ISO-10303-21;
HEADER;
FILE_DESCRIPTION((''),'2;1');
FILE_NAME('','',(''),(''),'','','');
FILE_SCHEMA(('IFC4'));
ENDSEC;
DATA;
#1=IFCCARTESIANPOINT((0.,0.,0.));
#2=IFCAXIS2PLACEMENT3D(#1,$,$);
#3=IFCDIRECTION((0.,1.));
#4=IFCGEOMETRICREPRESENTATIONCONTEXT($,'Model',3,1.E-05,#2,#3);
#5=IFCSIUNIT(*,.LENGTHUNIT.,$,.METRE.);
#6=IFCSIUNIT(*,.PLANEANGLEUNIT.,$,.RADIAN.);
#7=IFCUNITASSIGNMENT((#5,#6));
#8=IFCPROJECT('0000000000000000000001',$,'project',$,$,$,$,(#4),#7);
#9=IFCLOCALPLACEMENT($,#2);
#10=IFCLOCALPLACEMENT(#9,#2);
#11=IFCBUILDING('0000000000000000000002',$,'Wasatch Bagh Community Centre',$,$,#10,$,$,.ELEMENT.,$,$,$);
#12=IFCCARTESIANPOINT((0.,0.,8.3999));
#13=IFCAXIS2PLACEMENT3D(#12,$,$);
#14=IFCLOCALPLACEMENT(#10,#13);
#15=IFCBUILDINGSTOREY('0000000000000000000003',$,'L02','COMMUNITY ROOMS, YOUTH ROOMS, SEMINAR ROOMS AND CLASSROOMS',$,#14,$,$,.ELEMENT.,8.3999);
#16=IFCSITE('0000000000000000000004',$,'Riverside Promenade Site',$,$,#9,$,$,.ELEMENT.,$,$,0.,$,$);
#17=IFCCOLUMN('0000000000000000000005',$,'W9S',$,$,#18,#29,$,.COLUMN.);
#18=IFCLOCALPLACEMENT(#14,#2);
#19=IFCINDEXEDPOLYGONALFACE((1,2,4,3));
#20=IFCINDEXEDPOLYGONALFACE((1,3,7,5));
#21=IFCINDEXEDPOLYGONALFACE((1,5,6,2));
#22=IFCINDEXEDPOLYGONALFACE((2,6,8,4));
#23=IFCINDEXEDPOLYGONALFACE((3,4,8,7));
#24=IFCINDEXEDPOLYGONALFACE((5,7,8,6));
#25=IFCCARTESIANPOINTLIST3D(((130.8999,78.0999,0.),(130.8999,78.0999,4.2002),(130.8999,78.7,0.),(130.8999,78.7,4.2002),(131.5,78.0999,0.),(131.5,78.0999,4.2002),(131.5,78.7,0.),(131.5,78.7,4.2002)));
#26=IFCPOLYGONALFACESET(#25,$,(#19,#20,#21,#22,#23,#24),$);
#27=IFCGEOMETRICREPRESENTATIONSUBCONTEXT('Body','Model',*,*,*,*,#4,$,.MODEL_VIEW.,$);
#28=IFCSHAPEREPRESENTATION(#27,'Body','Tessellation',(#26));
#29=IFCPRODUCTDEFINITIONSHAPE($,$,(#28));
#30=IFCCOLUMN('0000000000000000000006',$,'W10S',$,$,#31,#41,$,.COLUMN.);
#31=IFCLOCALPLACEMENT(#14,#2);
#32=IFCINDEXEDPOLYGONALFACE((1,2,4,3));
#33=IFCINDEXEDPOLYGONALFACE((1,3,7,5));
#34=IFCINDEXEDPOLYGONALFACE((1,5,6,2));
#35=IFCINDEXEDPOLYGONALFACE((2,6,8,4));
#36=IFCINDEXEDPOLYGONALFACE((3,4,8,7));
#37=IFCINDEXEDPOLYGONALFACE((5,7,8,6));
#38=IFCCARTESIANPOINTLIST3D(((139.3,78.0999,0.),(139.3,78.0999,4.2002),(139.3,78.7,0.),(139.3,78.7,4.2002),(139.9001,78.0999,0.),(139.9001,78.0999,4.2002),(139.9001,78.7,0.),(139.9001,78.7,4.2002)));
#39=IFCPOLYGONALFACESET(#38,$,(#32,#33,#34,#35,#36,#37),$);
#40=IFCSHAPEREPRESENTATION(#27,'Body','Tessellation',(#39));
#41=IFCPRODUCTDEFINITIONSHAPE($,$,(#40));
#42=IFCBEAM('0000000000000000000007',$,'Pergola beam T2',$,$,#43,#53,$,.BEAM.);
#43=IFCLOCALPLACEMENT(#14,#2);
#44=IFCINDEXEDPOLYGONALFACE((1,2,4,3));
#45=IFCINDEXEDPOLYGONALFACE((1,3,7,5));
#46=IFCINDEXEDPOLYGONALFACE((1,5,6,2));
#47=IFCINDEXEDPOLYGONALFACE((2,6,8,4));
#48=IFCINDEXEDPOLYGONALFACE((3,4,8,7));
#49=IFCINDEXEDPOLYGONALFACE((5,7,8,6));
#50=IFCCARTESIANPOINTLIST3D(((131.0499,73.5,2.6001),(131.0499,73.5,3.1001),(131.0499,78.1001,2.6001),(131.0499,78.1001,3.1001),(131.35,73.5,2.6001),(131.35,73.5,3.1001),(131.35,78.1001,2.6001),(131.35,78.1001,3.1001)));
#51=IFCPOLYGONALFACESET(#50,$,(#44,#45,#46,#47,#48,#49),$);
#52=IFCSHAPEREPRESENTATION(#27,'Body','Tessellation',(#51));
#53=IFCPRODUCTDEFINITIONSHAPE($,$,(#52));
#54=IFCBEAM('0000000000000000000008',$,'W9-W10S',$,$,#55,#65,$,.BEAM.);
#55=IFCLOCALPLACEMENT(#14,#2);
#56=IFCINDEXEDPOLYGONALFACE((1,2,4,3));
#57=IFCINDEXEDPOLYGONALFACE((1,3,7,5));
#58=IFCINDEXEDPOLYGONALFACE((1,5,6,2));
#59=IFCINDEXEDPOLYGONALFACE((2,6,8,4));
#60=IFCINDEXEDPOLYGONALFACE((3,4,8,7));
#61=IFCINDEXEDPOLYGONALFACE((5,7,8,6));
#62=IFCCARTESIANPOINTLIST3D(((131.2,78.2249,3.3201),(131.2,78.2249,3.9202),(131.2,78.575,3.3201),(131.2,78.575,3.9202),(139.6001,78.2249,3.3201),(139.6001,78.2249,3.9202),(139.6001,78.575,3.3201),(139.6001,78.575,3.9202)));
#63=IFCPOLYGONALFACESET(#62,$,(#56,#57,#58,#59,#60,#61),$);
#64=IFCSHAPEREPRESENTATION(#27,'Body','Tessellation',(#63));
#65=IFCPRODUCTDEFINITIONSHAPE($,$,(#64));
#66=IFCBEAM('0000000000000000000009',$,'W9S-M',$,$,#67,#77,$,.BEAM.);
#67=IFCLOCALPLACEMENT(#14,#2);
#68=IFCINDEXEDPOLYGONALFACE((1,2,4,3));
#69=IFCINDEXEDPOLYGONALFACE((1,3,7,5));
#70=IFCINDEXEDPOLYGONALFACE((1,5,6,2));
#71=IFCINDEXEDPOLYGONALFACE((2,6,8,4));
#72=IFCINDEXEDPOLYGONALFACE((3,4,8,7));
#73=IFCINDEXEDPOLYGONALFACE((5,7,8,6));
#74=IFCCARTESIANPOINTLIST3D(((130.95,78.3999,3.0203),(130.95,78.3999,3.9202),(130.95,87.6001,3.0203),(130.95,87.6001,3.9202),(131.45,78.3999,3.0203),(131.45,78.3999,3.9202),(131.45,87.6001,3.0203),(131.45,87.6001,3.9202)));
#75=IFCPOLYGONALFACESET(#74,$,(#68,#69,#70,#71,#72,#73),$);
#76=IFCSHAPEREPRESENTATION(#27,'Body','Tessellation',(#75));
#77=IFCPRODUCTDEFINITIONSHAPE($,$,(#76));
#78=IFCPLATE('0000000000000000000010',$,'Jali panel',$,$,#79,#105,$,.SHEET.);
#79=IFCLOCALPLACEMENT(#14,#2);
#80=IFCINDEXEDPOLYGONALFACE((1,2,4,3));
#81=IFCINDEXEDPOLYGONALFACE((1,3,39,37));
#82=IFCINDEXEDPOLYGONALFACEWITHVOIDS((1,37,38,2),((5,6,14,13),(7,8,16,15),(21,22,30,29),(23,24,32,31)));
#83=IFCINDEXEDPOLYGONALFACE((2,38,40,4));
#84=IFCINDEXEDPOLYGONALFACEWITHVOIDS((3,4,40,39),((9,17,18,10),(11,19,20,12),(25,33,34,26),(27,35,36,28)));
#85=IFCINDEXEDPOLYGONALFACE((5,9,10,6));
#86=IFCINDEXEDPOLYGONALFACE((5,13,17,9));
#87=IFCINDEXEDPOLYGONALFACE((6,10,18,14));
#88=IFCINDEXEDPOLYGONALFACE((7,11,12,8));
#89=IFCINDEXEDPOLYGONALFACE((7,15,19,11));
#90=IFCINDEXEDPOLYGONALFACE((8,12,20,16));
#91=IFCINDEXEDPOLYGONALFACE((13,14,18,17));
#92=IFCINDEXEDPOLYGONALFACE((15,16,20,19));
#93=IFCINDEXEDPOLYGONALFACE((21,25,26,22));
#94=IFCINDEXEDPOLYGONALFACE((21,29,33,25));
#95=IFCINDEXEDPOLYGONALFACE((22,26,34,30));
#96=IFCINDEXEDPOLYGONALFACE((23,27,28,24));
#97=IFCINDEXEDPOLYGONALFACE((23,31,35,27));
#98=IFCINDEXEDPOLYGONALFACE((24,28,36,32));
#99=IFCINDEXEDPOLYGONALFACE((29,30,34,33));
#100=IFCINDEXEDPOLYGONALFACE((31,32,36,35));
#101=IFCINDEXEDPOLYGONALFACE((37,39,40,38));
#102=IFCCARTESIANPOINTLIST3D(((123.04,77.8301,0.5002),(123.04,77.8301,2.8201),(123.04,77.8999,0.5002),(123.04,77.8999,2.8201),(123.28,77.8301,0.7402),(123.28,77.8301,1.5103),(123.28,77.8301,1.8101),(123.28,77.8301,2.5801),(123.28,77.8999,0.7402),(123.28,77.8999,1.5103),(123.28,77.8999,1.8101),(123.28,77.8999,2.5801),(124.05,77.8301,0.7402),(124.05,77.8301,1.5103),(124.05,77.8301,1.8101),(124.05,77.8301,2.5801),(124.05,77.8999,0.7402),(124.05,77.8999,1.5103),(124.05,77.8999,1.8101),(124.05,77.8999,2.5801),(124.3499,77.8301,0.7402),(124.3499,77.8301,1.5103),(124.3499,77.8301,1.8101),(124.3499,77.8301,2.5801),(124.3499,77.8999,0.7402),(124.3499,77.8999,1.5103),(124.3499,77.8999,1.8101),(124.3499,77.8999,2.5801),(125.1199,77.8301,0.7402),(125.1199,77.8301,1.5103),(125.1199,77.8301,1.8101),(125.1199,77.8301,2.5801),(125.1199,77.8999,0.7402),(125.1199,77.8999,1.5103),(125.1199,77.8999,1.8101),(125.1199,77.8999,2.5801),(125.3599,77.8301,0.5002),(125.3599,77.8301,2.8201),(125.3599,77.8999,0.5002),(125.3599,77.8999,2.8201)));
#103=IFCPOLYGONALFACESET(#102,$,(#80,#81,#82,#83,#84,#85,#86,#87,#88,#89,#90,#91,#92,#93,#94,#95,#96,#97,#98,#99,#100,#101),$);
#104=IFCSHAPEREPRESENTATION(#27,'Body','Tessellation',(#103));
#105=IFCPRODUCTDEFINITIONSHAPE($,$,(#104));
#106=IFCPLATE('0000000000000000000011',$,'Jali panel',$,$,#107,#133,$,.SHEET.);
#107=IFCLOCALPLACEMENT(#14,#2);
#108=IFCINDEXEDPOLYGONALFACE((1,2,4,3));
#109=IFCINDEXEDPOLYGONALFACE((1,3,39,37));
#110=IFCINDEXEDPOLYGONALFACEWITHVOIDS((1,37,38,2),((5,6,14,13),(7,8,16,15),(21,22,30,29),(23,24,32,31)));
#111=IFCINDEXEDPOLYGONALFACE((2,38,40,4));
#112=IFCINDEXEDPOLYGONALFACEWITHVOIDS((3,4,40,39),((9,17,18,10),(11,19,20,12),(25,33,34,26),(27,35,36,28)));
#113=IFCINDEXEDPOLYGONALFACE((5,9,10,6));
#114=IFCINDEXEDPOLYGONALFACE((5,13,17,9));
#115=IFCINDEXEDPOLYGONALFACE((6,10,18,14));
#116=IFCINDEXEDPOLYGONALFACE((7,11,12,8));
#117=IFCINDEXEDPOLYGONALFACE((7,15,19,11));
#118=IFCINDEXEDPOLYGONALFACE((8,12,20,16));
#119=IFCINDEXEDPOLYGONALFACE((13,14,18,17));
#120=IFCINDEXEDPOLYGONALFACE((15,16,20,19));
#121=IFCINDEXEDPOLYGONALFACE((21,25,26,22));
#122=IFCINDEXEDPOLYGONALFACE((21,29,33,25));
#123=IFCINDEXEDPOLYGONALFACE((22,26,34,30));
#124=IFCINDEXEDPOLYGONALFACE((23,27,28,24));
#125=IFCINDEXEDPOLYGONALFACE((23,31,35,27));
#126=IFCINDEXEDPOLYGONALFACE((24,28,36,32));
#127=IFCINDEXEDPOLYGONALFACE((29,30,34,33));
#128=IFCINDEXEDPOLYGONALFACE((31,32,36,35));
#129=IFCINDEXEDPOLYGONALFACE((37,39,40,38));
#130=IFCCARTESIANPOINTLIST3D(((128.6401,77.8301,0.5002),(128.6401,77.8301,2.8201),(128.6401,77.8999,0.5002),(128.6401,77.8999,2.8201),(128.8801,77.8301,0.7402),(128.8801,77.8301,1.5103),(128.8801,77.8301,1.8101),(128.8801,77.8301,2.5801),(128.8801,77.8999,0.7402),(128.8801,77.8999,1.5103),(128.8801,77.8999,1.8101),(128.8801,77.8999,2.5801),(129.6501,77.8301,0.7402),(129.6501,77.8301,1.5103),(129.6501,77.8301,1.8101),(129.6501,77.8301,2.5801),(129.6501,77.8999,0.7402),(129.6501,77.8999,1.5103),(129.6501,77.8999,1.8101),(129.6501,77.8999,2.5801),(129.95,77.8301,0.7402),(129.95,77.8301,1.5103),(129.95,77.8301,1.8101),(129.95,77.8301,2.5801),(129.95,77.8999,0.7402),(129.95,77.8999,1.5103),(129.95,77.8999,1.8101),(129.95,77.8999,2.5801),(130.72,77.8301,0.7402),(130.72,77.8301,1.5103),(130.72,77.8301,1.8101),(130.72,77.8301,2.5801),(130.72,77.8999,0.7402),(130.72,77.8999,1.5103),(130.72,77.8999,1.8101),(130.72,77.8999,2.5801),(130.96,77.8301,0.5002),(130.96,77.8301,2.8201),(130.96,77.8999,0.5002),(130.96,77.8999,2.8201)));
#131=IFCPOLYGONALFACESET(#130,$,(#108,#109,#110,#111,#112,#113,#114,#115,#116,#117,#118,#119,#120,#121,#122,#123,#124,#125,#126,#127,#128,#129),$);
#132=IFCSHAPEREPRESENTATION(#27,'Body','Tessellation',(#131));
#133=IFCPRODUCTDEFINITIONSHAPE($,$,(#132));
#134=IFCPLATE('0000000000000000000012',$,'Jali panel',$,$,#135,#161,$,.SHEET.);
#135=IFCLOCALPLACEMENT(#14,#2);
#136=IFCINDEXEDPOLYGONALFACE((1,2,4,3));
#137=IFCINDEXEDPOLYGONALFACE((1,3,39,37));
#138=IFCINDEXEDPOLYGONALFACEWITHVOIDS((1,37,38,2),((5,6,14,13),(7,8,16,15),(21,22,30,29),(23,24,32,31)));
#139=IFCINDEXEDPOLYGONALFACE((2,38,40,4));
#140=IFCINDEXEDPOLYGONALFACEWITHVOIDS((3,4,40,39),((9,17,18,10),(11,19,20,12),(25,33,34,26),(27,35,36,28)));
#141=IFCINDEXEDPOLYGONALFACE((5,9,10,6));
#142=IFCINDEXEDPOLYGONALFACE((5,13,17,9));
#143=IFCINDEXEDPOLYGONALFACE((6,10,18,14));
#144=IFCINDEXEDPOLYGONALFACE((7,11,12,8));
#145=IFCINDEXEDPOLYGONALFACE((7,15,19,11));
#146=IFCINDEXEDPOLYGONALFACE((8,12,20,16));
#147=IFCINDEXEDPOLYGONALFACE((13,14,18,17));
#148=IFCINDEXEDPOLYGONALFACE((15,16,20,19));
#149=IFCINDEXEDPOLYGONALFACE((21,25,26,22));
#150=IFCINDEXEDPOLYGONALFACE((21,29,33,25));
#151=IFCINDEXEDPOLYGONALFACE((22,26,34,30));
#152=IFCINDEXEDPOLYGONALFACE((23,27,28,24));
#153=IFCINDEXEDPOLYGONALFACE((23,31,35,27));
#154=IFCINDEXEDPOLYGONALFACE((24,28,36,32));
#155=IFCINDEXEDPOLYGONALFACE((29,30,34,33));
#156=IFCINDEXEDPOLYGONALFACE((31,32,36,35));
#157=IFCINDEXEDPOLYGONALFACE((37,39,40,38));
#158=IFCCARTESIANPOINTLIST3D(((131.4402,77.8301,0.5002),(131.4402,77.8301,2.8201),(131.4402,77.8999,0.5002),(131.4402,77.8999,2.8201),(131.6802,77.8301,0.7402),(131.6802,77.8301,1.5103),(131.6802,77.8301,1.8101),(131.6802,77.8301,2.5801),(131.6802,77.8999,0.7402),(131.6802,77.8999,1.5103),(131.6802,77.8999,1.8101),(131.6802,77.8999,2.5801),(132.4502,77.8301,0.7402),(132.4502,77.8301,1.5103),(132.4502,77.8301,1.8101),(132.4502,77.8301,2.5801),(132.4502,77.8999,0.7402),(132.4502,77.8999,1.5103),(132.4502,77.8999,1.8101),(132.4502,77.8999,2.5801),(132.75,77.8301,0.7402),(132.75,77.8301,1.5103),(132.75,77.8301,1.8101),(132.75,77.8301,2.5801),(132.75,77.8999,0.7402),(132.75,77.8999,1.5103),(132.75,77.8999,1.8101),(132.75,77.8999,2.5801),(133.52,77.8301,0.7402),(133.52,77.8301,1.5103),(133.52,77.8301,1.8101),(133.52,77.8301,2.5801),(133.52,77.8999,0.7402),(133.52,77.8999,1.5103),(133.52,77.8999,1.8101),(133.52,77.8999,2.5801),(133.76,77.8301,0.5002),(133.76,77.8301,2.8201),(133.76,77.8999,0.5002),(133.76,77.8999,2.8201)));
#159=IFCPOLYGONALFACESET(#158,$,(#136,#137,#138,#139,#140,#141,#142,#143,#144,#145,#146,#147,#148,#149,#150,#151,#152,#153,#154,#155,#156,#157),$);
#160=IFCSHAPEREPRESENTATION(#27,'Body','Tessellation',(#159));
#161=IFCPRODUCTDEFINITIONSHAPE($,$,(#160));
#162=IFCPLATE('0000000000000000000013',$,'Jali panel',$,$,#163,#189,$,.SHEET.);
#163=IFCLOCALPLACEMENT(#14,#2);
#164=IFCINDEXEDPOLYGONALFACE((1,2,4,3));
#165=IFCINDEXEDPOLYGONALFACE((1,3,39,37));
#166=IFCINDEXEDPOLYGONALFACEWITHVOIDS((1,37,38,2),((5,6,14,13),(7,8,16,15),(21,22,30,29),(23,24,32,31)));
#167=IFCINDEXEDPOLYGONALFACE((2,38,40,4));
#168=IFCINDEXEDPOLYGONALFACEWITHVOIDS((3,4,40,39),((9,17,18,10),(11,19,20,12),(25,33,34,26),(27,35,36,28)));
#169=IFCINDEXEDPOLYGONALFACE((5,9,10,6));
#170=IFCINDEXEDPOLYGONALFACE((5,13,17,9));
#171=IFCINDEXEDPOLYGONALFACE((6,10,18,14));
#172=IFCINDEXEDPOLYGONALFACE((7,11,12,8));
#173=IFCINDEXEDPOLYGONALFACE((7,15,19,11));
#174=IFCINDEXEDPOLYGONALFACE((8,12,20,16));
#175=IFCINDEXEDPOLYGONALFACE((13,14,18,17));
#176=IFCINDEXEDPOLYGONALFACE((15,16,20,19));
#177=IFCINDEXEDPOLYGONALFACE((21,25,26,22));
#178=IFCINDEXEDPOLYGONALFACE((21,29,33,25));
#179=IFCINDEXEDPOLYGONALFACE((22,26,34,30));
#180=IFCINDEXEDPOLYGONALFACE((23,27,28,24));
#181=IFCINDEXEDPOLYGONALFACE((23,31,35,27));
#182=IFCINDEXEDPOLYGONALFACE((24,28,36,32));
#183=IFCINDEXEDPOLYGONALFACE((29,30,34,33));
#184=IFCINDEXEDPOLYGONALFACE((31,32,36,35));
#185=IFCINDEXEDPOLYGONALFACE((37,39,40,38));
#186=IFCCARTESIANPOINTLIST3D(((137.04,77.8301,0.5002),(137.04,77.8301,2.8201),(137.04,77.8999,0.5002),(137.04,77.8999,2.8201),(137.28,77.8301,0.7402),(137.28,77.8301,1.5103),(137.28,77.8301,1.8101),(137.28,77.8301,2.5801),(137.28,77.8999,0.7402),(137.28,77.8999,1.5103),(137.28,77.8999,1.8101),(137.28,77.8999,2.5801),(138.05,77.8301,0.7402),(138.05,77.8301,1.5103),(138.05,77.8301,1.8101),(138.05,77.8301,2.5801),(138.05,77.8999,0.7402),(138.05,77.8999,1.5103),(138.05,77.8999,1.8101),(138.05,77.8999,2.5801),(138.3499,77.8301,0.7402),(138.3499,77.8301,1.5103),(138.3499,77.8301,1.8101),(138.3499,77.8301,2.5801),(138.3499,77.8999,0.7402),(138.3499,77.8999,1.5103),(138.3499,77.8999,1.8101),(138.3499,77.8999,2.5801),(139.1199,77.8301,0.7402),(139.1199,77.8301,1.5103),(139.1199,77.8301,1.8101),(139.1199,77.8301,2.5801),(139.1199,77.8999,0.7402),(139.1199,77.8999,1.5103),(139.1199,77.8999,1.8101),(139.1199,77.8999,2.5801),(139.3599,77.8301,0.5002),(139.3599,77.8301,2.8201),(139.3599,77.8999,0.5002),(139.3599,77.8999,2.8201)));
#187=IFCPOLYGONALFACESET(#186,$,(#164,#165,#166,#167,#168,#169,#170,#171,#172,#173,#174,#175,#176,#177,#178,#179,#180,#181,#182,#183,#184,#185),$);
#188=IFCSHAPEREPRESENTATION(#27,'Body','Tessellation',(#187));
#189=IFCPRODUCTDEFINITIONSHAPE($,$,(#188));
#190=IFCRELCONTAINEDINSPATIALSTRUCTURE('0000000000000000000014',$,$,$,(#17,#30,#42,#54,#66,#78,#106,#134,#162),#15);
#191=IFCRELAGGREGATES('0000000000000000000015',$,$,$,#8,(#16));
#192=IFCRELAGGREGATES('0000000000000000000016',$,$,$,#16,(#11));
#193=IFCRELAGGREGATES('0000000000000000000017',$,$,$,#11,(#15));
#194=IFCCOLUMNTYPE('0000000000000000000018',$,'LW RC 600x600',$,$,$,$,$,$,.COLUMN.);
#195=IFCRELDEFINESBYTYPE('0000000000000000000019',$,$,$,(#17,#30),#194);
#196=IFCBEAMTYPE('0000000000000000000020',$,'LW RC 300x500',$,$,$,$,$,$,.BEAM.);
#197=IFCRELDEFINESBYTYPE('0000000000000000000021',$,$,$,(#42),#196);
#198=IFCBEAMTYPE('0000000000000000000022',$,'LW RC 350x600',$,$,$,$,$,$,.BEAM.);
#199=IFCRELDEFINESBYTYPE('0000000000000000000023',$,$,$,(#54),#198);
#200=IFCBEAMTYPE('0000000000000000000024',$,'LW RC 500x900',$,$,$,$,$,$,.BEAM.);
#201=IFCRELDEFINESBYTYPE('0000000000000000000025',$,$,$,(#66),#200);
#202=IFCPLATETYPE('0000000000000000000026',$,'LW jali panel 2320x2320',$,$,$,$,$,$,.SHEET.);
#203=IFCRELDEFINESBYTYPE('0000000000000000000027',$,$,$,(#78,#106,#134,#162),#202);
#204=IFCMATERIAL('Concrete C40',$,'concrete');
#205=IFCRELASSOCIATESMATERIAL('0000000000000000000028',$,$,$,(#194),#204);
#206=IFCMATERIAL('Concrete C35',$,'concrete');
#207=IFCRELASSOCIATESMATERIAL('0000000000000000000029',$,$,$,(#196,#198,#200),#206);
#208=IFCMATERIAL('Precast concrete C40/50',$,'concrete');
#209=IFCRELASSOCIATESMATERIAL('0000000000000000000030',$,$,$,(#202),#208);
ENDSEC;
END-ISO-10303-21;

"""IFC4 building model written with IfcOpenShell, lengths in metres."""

from ifc_helpers import new_model, si_unit, direction, frame, origin, origin_2d, place, context, subcontext, project, spatial, polyline, rectangle, outline, extrude, material, material_profile, profile_set, type_object, element, save


model = new_model("IFC4")

# Units and contexts
model_context = context("Model", 3, precision=1e-05, world=origin(), true_north=direction((0.0, 1.0)))
body_context = subcontext(model_context, "Body", "Model", "MODEL_VIEW")
ifc_project = project(units=[si_unit("LENGTHUNIT", "METRE"), si_unit("PLANEANGLEUNIT", "RADIAN")], contexts=[model_context])

# Site, building, storey
site_placement = place(None, origin())
site = spatial("IfcSite", under=ifc_project, at=site_placement, Name="Riverside Promenade Site", CompositionType="ELEMENT", RefElevation=0.0)
building_placement = place(site_placement, origin())
building = spatial("IfcBuilding", under=site, at=building_placement, Name="Wasatch Bagh Community Centre", CompositionType="ELEMENT")
storey_placement = place(building_placement, frame((0.0, 0.0, 8.3999)))
storey = spatial("IfcBuildingStorey", under=building, at=storey_placement, Name="L02", Description="COMMUNITY ROOMS, YOUTH ROOMS, SEMINAR ROOMS AND CLASSROOMS", CompositionType="ELEMENT", Elevation=8.3999)

# Columns
ifc_material_1 = material(Name="Concrete C40", Category="concrete")
ifc_material_profile_1 = material_profile(ifc_material_1, rectangle(XDim=0.6001, YDim=0.6001, at=origin_2d()), Name="RC 600x600")
ifc_profile_set_1 = profile_set([ifc_material_profile_1], Name="Concrete C40")
column_type = type_object("IfcColumnType", Name="LW RC 600x600", PredefinedType="COLUMN", material=ifc_profile_set_1)
for number, where, z_axis, x_axis, name in (
    (1, (131.2, 78.3999, 0.0), (0.0, 0.0, 1.0), (1.0, 0.0, 0.0), "W9S"),
    (2, (139.6001, 78.3999, 0.0), (0.0, 0.0, 1.0), (1.0, 0.0, 0.0), "W10S"),
):
    element("IfcColumn", number, at=place(storey_placement, frame(where, z_axis=z_axis, x_axis=x_axis)), inside=storey, type_object=column_type, Name=name, PredefinedType="COLUMN", context=body_context, shape_type="SweptSolid", body=[
        extrude(rectangle(XDim=0.6001, YDim=0.6001, at=origin_2d()), origin(), (0.0, 0.0, 1.0), 4.2002),
    ])

# Beams
ifc_material_2 = material(Name="Concrete C35", Category="concrete")
ifc_material_profile_2 = material_profile(ifc_material_2, rectangle(XDim=0.3, YDim=0.5, at=origin_2d()), Name="RC 300x500")
ifc_profile_set_2 = profile_set([ifc_material_profile_2], Name="Concrete C35")
beam_type_1 = type_object("IfcBeamType", Name="LW RC 300x500", PredefinedType="BEAM", material=ifc_profile_set_2)
beam_1_placement = place(storey_placement, frame((131.2, 78.1001, 2.8501), z_axis=(0.0, -1.0, 0.0), x_axis=(1.0, 0.0, 0.0)))
element("IfcBeam", 3, at=beam_1_placement, inside=storey, type_object=beam_type_1, Name="Pergola beam T2", PredefinedType="BEAM", context=body_context, shape_type="SweptSolid", body=[
    extrude(rectangle(XDim=0.3, YDim=0.5, at=origin_2d()), origin(), (0.0, 0.0, 1.0), 4.6001),
])
ifc_material_profile_3 = material_profile(ifc_material_2, rectangle(XDim=0.3501, YDim=0.6001, at=origin_2d()), Name="RC 350x600")
ifc_profile_set_3 = profile_set([ifc_material_profile_3], Name="Concrete C35")
beam_type_2 = type_object("IfcBeamType", Name="LW RC 350x600", PredefinedType="BEAM", material=ifc_profile_set_3)
beam_2_placement = place(storey_placement, frame((131.2, 78.3999, 3.6201), z_axis=(1.0, 0.0, 0.0), x_axis=(0.0, 1.0, 0.0)))
element("IfcBeam", 4, at=beam_2_placement, inside=storey, type_object=beam_type_2, Name="W9-W10S", PredefinedType="BEAM", context=body_context, shape_type="SweptSolid", body=[
    extrude(rectangle(XDim=0.3501, YDim=0.6001, at=origin_2d()), origin(), (0.0, 0.0, 1.0), 8.4001),
])
ifc_material_profile_4 = material_profile(ifc_material_2, rectangle(XDim=0.5, YDim=0.8999, at=origin_2d()), Name="RC 500x900")
ifc_profile_set_4 = profile_set([ifc_material_profile_4], Name="Concrete C35")
beam_type_3 = type_object("IfcBeamType", Name="LW RC 500x900", PredefinedType="BEAM", material=ifc_profile_set_4)
beam_3_placement = place(storey_placement, frame((131.2, 78.3999, 3.4702), z_axis=(0.0, 1.0, 0.0), x_axis=(-1.0, 0.0, 0.0)))
element("IfcBeam", 5, at=beam_3_placement, inside=storey, type_object=beam_type_3, Name="W9S-M", PredefinedType="BEAM", context=body_context, shape_type="SweptSolid", body=[
    extrude(rectangle(XDim=0.5, YDim=0.8999, at=origin_2d()), origin(), (0.0, 0.0, 1.0), 9.2002),
])

# Plates
ifc_material_3 = material(Name="Precast concrete C40/50", Category="concrete")
ifc_material_profile_5 = material_profile(ifc_material_3, outline(polyline([(-1.1599, -1.1599), (1.1599, -1.1599), (1.1599, 1.1599), (-1.1599, 1.1599), (-1.1599, -1.1599)]), holes=[polyline([(-0.9199, -0.9199), (-0.1499, -0.9199), (-0.1499, -0.1499), (-0.9199, -0.1499), (-0.9199, -0.9199)]), polyline([(-0.9199, 0.1499), (-0.1499, 0.1499), (-0.1499, 0.9199), (-0.9199, 0.9199), (-0.9199, 0.1499)]), polyline([(0.1499, -0.9199), (0.9199, -0.9199), (0.9199, -0.1499), (0.1499, -0.1499), (0.1499, -0.9199)]), polyline([(0.1499, 0.1499), (0.9199, 0.1499), (0.9199, 0.9199), (0.1499, 0.9199), (0.1499, 0.1499)])]), Name="Jali lattice")
ifc_profile_set_5 = profile_set([ifc_material_profile_5], Name="Precast concrete C40/50")
plate_type = type_object("IfcPlateType", Name="LW jali panel 2320x2320", PredefinedType="SHEET", material=ifc_profile_set_5)
for number, where, z_axis, x_axis, name in (
    (6, (124.2, 77.8999, 1.6602), (0.0, -1.0, 0.0), (1.0, 0.0, 0.0), "Jali panel"),
    (7, (129.8, 77.8999, 1.6602), (0.0, -1.0, 0.0), (1.0, 0.0, 0.0), "Jali panel"),
    (8, (132.6001, 77.8999, 1.6602), (0.0, -1.0, 0.0), (1.0, 0.0, 0.0), "Jali panel"),
    (9, (138.2, 77.8999, 1.6602), (0.0, -1.0, 0.0), (1.0, 0.0, 0.0), "Jali panel"),
):
    element("IfcPlate", number, at=place(storey_placement, frame(where, z_axis=z_axis, x_axis=x_axis)), inside=storey, type_object=plate_type, Name=name, PredefinedType="SHEET", context=body_context, shape_type="SweptSolid", body=[
        extrude(outline(polyline([(-1.1599, -1.1599), (1.1599, -1.1599), (1.1599, 1.1599), (-1.1599, 1.1599), (-1.1599, -1.1599)]), holes=[polyline([(-0.9199, -0.9199), (-0.1499, -0.9199), (-0.1499, -0.1499), (-0.9199, -0.1499), (-0.9199, -0.9199)]), polyline([(-0.9199, 0.1499), (-0.1499, 0.1499), (-0.1499, 0.9199), (-0.9199, 0.9199), (-0.9199, 0.1499)]), polyline([(0.1499, -0.9199), (0.9199, -0.9199), (0.9199, -0.1499), (0.1499, -0.1499), (0.1499, -0.9199)]), polyline([(0.1499, 0.1499), (0.9199, 0.1499), (0.9199, 0.9199), (0.1499, 0.9199), (0.1499, 0.1499)])]), origin(), (0.0, 0.0, 1.0), 0.0698),
    ])

save(model, "model.ifc")
